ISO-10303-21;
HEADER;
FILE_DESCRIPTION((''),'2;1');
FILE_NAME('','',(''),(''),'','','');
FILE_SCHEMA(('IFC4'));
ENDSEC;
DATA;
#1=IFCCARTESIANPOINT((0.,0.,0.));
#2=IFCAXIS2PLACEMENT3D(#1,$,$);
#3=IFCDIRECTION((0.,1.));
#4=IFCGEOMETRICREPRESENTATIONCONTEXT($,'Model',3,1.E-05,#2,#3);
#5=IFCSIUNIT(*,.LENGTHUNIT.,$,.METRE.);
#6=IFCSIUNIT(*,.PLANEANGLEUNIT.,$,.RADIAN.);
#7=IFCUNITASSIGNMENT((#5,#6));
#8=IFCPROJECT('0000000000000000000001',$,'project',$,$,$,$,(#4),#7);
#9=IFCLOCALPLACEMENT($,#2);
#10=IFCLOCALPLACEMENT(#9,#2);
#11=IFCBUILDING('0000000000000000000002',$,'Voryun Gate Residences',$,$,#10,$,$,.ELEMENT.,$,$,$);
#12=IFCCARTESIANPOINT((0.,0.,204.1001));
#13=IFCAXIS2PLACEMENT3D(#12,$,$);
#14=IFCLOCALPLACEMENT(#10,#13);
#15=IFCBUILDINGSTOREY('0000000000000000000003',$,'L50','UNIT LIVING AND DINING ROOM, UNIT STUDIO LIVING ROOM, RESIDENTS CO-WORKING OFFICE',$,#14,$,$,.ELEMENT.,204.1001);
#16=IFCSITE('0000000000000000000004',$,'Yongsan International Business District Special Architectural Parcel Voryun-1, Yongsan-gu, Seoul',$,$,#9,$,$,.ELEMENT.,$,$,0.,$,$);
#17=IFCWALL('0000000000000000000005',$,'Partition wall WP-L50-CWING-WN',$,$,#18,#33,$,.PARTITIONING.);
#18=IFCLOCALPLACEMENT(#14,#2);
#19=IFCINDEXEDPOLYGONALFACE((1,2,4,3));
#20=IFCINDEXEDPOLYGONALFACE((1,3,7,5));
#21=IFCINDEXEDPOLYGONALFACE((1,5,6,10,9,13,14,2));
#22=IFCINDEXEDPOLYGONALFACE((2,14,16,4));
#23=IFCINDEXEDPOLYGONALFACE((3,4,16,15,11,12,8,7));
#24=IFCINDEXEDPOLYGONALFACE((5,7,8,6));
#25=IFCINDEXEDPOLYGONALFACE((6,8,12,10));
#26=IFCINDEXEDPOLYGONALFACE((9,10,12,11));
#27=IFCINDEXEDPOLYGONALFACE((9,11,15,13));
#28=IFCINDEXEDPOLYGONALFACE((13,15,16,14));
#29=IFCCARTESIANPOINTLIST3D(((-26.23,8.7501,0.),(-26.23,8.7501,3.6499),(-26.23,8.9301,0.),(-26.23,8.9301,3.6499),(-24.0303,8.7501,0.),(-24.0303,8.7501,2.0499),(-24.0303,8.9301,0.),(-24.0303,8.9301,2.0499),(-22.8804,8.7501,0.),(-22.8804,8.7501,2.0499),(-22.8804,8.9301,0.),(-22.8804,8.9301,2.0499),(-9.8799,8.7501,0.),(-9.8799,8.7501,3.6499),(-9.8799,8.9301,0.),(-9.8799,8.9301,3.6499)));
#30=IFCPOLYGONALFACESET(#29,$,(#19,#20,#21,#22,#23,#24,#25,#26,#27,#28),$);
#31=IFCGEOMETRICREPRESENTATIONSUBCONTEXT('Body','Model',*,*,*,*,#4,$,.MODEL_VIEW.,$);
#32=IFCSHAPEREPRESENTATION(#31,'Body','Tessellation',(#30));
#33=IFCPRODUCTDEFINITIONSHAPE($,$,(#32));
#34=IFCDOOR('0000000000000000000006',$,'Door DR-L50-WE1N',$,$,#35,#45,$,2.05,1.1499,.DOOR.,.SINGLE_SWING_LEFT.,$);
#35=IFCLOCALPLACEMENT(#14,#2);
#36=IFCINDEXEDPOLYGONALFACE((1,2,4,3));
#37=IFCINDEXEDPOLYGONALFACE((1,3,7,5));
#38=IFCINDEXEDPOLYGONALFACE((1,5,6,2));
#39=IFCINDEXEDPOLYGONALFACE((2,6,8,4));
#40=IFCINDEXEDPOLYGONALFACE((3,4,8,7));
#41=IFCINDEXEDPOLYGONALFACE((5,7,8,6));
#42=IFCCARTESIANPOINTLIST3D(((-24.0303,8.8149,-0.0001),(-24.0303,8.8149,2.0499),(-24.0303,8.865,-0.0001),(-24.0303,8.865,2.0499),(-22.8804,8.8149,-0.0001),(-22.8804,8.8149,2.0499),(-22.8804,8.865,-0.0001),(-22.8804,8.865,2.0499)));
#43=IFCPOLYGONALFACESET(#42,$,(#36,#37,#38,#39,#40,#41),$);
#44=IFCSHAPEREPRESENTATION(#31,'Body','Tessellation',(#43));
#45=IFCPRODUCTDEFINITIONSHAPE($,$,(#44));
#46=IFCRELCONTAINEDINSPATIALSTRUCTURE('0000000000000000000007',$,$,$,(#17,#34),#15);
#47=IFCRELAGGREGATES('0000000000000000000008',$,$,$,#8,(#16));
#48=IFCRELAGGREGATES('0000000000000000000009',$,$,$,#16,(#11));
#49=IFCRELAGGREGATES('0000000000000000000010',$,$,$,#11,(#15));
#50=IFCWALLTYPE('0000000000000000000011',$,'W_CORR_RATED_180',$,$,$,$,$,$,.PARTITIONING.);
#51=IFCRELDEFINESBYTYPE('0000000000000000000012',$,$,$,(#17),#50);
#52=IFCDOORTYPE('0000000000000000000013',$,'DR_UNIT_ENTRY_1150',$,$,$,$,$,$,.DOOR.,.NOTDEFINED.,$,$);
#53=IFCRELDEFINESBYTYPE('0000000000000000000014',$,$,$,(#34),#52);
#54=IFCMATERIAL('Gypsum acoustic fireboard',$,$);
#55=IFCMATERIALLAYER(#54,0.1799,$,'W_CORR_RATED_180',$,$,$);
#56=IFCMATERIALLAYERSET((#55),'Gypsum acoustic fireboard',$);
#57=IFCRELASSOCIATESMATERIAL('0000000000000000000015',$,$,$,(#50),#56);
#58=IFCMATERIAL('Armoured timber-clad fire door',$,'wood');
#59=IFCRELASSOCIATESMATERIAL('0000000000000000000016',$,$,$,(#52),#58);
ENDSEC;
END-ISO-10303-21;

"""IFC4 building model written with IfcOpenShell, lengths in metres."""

from ifc_helpers import new_model, si_unit, direction, frame, frame_2d, origin, place, context, subcontext, project, spatial, rectangle, extrude, material, layer, layer_set, type_object, element, fill, save


model = new_model("IFC4")

# Units and contexts
model_context = context("Model", 3, precision=1e-05, world=origin(), true_north=direction((0.0, 1.0)))
body_context = subcontext(model_context, "Body", "Model", "MODEL_VIEW")
ifc_project = project(units=[si_unit("LENGTHUNIT", "METRE"), si_unit("PLANEANGLEUNIT", "RADIAN")], contexts=[model_context])

# Site, building, storey
site_placement = place(None, origin())
site = spatial("IfcSite", under=ifc_project, at=site_placement, Name="Yongsan International Business District Special Architectural Parcel Voryun-1, Yongsan-gu, Seoul", CompositionType="ELEMENT", RefElevation=0.0)
building_placement = place(site_placement, origin())
building = spatial("IfcBuilding", under=site, at=building_placement, Name="Voryun Gate Residences", CompositionType="ELEMENT")
storey_placement = place(building_placement, frame((0.0, 0.0, 204.1001)))
storey = spatial("IfcBuildingStorey", under=building, at=storey_placement, Name="L50", Description="UNIT LIVING AND DINING ROOM, UNIT STUDIO LIVING ROOM, RESIDENTS CO-WORKING OFFICE", CompositionType="ELEMENT", Elevation=204.1001)

# Wall, opening, door
ifc_material_1 = material(Name="Gypsum acoustic fireboard")
ifc_layer_1 = layer(ifc_material_1, 0.1799, Name="W_CORR_RATED_180")
ifc_layer_set_1 = layer_set([ifc_layer_1], Name="Gypsum acoustic fireboard")
wall_type_1 = type_object("IfcWallType", Name="W_CORR_RATED_180", PredefinedType="PARTITIONING", material=ifc_layer_set_1)
wall_1_placement = place(storey_placement, frame((-26.23, 8.8401, 0.0), z_axis=(0.0, 0.0, 1.0), x_axis=(1.0, 0.0, 0.0)))
wall_1 = element("IfcWall", 1, at=wall_1_placement, inside=storey, type_object=wall_type_1, Name="Partition wall WP-L50-CWING-WN", PredefinedType="PARTITIONING", context=body_context, shape_type="SweptSolid", body=[
    extrude(rectangle(XDim=16.3501, YDim=0.1799, at=frame_2d((8.175, 0.0))), origin(), (0.0, 0.0, 1.0), 3.6499),
])
opening_1_placement = place(wall_1_placement, frame((2.1997, 0.0, 0.0)))
opening_1 = element("IfcOpeningElement", 2, at=opening_1_placement, cuts=wall_1, PredefinedType="OPENING", context=body_context, shape_type="SweptSolid", body=[
    extrude(rectangle(XDim=1.1499, YDim=2.05, at=frame_2d((0.575, 1.0249))), frame((0.0, 0.0999, 0.0), z_axis=(0.0, -1.0, 0.0), x_axis=(1.0, 0.0, 0.0)), (0.0, 0.0, 1.0), 0.2),
])
ifc_material_2 = material(Name="Armoured timber-clad fire door", Category="wood")
door_type_1 = type_object("IfcDoorType", Name="DR_UNIT_ENTRY_1150", OperationType="NOTDEFINED", PredefinedType="DOOR", material=ifc_material_2)
door_1_placement = place(opening_1_placement, origin())
door_1 = element("IfcDoor", 3, at=door_1_placement, inside=storey, type_object=door_type_1, Name="Door DR-L50-WE1N", OperationType="SINGLE_SWING_LEFT", OverallHeight=2.05, OverallWidth=1.1499, PredefinedType="DOOR", context=body_context, shape_type="SweptSolid", body=[
    extrude(rectangle(XDim=1.1499, YDim=2.05, at=frame_2d((0.575, 1.0249))), frame((0.0, 0.0249, 0.0), z_axis=(0.0, -1.0, 0.0), x_axis=(1.0, 0.0, 0.0)), (0.0, 0.0, 1.0), 0.05),
])
fill(opening_1, door_1)

save(model, "model.ifc")
